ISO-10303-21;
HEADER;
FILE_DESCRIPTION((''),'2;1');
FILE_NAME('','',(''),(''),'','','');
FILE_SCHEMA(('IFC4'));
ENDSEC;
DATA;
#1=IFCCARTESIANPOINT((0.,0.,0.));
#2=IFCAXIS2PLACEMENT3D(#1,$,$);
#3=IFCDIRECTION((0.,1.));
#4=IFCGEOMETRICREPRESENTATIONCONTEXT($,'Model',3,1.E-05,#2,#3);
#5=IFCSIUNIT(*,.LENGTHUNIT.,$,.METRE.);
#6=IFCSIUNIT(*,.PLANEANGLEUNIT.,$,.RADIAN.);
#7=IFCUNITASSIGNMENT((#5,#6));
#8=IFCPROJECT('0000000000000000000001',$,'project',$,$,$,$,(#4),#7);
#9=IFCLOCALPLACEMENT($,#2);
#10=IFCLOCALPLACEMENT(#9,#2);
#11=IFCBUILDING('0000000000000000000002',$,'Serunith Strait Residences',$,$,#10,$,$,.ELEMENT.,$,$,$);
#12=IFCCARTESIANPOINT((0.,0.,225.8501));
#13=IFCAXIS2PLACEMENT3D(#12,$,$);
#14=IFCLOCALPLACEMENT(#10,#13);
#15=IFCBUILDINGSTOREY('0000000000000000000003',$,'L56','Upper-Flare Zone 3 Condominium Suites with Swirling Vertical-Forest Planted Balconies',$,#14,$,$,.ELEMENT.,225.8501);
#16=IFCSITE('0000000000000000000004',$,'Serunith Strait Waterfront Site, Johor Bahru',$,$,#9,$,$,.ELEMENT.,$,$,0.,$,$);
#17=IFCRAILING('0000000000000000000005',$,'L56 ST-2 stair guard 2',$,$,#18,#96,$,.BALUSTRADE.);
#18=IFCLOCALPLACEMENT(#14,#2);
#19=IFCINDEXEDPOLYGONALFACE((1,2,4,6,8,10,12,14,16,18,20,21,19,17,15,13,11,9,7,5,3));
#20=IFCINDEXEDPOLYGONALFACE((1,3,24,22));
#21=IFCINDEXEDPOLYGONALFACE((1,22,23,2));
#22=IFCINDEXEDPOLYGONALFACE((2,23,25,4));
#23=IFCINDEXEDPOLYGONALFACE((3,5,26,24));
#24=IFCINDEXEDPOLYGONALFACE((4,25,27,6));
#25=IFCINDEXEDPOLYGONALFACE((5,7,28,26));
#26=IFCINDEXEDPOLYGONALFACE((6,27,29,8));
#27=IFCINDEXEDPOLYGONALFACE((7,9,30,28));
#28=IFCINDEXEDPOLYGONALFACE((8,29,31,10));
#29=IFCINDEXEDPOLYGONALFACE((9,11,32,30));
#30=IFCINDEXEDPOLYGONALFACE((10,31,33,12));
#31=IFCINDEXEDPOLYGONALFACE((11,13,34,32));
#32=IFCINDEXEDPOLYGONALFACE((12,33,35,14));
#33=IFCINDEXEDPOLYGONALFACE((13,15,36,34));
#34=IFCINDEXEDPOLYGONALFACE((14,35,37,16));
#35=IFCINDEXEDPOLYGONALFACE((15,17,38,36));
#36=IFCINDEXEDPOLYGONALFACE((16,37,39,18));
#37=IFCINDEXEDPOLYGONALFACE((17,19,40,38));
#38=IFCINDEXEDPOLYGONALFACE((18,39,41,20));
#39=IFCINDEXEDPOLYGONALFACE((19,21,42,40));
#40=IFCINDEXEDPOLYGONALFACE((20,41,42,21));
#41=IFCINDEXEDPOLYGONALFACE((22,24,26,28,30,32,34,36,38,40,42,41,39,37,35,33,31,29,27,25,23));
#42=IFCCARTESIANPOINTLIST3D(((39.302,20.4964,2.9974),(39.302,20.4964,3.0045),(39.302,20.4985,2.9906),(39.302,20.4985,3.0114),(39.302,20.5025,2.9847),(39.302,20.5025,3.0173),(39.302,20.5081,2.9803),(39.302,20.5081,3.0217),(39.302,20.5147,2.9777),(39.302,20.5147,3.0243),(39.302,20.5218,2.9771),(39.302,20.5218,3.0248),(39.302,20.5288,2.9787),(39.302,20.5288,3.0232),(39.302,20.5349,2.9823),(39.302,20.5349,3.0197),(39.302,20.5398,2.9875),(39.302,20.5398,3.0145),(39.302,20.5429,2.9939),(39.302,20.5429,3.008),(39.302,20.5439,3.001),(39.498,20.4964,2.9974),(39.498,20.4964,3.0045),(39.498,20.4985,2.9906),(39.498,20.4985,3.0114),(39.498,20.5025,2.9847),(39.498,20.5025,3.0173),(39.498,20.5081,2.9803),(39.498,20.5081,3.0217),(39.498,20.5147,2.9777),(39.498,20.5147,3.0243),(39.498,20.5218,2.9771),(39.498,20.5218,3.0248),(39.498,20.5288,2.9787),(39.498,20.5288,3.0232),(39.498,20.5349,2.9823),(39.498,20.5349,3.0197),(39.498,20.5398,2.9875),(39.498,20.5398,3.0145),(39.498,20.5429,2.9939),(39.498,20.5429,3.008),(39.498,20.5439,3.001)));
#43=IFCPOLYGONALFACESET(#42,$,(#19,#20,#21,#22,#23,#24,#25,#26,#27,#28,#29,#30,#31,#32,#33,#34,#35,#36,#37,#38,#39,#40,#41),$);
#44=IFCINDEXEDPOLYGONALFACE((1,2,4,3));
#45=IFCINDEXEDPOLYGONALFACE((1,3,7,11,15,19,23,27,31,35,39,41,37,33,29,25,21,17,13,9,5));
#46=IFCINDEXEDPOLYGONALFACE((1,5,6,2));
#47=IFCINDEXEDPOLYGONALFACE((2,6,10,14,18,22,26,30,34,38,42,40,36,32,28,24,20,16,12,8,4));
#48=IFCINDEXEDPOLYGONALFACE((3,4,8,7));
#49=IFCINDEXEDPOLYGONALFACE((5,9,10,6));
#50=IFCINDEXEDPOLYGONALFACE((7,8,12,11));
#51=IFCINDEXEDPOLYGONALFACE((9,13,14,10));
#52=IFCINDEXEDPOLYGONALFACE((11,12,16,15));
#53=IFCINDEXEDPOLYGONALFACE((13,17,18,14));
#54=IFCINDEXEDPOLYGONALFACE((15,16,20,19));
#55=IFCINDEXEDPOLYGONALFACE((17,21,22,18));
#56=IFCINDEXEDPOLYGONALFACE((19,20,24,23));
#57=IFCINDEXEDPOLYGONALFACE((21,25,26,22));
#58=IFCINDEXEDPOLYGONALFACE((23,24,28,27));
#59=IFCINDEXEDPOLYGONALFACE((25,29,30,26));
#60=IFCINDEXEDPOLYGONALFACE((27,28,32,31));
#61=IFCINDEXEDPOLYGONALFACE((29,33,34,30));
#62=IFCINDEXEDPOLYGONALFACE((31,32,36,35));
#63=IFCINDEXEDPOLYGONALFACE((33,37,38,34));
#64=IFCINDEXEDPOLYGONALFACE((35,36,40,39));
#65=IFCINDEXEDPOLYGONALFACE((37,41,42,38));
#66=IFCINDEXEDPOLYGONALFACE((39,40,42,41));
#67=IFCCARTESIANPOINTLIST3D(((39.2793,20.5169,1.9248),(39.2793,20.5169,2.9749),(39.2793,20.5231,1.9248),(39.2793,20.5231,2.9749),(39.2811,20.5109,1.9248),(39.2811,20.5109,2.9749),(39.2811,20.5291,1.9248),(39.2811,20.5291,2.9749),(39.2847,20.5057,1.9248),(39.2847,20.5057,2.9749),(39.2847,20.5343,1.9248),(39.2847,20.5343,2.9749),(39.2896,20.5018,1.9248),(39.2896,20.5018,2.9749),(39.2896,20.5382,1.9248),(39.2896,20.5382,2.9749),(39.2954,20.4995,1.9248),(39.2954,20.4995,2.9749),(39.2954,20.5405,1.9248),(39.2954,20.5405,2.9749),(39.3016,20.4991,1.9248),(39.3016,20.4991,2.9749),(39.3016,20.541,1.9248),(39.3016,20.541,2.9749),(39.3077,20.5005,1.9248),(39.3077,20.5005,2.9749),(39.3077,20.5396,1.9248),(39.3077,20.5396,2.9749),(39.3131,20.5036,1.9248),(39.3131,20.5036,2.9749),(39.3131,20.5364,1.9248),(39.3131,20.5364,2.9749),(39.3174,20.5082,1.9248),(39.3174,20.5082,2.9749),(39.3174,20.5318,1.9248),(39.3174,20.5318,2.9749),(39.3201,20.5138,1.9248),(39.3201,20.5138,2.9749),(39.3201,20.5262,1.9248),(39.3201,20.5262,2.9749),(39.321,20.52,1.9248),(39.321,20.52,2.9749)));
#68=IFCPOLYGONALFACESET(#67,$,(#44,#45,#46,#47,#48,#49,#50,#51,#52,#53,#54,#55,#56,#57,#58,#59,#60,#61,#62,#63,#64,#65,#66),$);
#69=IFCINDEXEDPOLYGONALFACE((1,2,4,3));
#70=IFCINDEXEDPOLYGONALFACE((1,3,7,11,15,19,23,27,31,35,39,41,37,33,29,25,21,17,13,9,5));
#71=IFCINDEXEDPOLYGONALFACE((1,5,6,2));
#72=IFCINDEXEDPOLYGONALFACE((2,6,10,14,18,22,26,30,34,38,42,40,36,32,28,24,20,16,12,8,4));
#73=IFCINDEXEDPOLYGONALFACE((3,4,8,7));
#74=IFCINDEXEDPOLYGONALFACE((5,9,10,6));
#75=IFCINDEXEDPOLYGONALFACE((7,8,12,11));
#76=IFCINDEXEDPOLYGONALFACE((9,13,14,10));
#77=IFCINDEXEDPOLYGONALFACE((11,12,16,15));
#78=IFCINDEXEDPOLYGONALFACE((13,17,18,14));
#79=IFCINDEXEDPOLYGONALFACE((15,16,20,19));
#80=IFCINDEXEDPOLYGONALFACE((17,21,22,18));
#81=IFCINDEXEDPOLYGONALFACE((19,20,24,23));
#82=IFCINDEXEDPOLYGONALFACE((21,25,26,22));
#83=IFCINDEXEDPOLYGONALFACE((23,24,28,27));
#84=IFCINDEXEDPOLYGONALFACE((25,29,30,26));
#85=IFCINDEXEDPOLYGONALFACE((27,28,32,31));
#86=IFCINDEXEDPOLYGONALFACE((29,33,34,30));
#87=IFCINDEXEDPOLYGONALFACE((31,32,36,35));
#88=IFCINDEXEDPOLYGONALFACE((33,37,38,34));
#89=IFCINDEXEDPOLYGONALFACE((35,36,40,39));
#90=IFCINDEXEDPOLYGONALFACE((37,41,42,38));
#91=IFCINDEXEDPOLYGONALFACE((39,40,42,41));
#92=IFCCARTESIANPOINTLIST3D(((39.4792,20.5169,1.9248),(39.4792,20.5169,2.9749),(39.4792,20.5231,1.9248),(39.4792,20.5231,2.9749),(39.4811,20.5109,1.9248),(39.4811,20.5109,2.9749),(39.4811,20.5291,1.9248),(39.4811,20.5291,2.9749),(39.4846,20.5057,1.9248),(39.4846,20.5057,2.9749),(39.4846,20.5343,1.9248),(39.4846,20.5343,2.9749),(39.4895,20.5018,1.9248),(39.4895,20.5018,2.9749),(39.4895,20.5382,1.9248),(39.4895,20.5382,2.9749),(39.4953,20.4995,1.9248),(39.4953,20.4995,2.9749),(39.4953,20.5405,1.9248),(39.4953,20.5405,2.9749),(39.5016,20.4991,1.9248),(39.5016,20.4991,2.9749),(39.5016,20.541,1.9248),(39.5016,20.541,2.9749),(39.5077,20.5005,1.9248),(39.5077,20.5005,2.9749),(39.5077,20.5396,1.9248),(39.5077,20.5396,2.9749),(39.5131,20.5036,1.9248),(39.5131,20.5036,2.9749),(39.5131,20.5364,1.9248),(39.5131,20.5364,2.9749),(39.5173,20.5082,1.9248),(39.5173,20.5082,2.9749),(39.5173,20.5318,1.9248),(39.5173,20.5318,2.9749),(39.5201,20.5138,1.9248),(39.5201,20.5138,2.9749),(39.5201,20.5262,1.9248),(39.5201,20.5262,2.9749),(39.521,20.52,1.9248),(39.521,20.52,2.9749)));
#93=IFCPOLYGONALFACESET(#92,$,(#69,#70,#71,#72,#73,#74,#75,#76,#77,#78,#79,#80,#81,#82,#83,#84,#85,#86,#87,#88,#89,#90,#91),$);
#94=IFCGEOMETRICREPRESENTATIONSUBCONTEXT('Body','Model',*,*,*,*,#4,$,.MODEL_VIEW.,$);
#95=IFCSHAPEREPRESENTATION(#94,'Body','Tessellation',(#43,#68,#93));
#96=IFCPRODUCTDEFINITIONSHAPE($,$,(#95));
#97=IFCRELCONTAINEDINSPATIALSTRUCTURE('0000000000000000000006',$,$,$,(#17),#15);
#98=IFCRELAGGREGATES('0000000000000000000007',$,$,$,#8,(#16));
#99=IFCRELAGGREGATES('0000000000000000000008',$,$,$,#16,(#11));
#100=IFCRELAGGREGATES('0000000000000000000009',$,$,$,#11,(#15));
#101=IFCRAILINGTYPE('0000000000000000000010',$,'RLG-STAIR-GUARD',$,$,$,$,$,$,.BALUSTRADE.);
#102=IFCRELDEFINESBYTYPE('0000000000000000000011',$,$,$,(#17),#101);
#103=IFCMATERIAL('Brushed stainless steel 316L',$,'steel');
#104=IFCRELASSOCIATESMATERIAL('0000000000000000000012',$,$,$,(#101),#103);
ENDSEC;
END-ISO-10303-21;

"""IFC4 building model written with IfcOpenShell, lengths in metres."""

from ifc_helpers import new_model, si_unit, direction, frame, origin, origin_2d, place, context, subcontext, project, spatial, circle, extrude, material, type_object, element, save


model = new_model("IFC4")

# Units and contexts
model_context = context("Model", 3, precision=1e-05, world=origin(), true_north=direction((0.0, 1.0)))
body_context = subcontext(model_context, "Body", "Model", "MODEL_VIEW")
ifc_project = project(units=[si_unit("LENGTHUNIT", "METRE"), si_unit("PLANEANGLEUNIT", "RADIAN")], contexts=[model_context])

# Site, building, storey
site_placement = place(None, origin())
site = spatial("IfcSite", under=ifc_project, at=site_placement, Name="Serunith Strait Waterfront Site, Johor Bahru", CompositionType="ELEMENT", RefElevation=0.0)
building_placement = place(site_placement, origin())
building = spatial("IfcBuilding", under=site, at=building_placement, Name="Serunith Strait Residences", CompositionType="ELEMENT")
storey_placement = place(building_placement, frame((0.0, 0.0, 225.8501)))
storey = spatial("IfcBuildingStorey", under=building, at=storey_placement, Name="L56", Description="Upper-Flare Zone 3 Condominium Suites with Swirling Vertical-Forest Planted Balconies", CompositionType="ELEMENT", Elevation=225.8501)

# Railing
ifc_material_1 = material(Name="Brushed stainless steel 316L", Category="steel")
railing_type_1 = type_object("IfcRailingType", Name="RLG-STAIR-GUARD", PredefinedType="BALUSTRADE", material=ifc_material_1)
railing_1_placement = place(storey_placement, frame((39.3, 20.52, 1.9248)))
element("IfcRailing", 1, at=railing_1_placement, inside=storey, type_object=railing_type_1, Name="L56 ST-2 stair guard 2", PredefinedType="BALUSTRADE", context=body_context, shape_type="SweptSolid", body=[
    extrude(circle(Radius=0.0239, at=origin_2d()), frame((0.002, 0.0, 1.0762), z_axis=(1.0, 0.0, 0.0), x_axis=(0.0, 1.0, 0.0)), (0.0, 0.0, 1.0), 0.196),
    extrude(circle(Radius=0.021, at=origin_2d()), origin(), (0.0, 0.0, 1.0), 1.05),
    extrude(circle(Radius=0.021, at=origin_2d()), frame((0.2, 0.0, 0.0)), (0.0, 0.0, 1.0), 1.05),
])

save(model, "model.ifc")
